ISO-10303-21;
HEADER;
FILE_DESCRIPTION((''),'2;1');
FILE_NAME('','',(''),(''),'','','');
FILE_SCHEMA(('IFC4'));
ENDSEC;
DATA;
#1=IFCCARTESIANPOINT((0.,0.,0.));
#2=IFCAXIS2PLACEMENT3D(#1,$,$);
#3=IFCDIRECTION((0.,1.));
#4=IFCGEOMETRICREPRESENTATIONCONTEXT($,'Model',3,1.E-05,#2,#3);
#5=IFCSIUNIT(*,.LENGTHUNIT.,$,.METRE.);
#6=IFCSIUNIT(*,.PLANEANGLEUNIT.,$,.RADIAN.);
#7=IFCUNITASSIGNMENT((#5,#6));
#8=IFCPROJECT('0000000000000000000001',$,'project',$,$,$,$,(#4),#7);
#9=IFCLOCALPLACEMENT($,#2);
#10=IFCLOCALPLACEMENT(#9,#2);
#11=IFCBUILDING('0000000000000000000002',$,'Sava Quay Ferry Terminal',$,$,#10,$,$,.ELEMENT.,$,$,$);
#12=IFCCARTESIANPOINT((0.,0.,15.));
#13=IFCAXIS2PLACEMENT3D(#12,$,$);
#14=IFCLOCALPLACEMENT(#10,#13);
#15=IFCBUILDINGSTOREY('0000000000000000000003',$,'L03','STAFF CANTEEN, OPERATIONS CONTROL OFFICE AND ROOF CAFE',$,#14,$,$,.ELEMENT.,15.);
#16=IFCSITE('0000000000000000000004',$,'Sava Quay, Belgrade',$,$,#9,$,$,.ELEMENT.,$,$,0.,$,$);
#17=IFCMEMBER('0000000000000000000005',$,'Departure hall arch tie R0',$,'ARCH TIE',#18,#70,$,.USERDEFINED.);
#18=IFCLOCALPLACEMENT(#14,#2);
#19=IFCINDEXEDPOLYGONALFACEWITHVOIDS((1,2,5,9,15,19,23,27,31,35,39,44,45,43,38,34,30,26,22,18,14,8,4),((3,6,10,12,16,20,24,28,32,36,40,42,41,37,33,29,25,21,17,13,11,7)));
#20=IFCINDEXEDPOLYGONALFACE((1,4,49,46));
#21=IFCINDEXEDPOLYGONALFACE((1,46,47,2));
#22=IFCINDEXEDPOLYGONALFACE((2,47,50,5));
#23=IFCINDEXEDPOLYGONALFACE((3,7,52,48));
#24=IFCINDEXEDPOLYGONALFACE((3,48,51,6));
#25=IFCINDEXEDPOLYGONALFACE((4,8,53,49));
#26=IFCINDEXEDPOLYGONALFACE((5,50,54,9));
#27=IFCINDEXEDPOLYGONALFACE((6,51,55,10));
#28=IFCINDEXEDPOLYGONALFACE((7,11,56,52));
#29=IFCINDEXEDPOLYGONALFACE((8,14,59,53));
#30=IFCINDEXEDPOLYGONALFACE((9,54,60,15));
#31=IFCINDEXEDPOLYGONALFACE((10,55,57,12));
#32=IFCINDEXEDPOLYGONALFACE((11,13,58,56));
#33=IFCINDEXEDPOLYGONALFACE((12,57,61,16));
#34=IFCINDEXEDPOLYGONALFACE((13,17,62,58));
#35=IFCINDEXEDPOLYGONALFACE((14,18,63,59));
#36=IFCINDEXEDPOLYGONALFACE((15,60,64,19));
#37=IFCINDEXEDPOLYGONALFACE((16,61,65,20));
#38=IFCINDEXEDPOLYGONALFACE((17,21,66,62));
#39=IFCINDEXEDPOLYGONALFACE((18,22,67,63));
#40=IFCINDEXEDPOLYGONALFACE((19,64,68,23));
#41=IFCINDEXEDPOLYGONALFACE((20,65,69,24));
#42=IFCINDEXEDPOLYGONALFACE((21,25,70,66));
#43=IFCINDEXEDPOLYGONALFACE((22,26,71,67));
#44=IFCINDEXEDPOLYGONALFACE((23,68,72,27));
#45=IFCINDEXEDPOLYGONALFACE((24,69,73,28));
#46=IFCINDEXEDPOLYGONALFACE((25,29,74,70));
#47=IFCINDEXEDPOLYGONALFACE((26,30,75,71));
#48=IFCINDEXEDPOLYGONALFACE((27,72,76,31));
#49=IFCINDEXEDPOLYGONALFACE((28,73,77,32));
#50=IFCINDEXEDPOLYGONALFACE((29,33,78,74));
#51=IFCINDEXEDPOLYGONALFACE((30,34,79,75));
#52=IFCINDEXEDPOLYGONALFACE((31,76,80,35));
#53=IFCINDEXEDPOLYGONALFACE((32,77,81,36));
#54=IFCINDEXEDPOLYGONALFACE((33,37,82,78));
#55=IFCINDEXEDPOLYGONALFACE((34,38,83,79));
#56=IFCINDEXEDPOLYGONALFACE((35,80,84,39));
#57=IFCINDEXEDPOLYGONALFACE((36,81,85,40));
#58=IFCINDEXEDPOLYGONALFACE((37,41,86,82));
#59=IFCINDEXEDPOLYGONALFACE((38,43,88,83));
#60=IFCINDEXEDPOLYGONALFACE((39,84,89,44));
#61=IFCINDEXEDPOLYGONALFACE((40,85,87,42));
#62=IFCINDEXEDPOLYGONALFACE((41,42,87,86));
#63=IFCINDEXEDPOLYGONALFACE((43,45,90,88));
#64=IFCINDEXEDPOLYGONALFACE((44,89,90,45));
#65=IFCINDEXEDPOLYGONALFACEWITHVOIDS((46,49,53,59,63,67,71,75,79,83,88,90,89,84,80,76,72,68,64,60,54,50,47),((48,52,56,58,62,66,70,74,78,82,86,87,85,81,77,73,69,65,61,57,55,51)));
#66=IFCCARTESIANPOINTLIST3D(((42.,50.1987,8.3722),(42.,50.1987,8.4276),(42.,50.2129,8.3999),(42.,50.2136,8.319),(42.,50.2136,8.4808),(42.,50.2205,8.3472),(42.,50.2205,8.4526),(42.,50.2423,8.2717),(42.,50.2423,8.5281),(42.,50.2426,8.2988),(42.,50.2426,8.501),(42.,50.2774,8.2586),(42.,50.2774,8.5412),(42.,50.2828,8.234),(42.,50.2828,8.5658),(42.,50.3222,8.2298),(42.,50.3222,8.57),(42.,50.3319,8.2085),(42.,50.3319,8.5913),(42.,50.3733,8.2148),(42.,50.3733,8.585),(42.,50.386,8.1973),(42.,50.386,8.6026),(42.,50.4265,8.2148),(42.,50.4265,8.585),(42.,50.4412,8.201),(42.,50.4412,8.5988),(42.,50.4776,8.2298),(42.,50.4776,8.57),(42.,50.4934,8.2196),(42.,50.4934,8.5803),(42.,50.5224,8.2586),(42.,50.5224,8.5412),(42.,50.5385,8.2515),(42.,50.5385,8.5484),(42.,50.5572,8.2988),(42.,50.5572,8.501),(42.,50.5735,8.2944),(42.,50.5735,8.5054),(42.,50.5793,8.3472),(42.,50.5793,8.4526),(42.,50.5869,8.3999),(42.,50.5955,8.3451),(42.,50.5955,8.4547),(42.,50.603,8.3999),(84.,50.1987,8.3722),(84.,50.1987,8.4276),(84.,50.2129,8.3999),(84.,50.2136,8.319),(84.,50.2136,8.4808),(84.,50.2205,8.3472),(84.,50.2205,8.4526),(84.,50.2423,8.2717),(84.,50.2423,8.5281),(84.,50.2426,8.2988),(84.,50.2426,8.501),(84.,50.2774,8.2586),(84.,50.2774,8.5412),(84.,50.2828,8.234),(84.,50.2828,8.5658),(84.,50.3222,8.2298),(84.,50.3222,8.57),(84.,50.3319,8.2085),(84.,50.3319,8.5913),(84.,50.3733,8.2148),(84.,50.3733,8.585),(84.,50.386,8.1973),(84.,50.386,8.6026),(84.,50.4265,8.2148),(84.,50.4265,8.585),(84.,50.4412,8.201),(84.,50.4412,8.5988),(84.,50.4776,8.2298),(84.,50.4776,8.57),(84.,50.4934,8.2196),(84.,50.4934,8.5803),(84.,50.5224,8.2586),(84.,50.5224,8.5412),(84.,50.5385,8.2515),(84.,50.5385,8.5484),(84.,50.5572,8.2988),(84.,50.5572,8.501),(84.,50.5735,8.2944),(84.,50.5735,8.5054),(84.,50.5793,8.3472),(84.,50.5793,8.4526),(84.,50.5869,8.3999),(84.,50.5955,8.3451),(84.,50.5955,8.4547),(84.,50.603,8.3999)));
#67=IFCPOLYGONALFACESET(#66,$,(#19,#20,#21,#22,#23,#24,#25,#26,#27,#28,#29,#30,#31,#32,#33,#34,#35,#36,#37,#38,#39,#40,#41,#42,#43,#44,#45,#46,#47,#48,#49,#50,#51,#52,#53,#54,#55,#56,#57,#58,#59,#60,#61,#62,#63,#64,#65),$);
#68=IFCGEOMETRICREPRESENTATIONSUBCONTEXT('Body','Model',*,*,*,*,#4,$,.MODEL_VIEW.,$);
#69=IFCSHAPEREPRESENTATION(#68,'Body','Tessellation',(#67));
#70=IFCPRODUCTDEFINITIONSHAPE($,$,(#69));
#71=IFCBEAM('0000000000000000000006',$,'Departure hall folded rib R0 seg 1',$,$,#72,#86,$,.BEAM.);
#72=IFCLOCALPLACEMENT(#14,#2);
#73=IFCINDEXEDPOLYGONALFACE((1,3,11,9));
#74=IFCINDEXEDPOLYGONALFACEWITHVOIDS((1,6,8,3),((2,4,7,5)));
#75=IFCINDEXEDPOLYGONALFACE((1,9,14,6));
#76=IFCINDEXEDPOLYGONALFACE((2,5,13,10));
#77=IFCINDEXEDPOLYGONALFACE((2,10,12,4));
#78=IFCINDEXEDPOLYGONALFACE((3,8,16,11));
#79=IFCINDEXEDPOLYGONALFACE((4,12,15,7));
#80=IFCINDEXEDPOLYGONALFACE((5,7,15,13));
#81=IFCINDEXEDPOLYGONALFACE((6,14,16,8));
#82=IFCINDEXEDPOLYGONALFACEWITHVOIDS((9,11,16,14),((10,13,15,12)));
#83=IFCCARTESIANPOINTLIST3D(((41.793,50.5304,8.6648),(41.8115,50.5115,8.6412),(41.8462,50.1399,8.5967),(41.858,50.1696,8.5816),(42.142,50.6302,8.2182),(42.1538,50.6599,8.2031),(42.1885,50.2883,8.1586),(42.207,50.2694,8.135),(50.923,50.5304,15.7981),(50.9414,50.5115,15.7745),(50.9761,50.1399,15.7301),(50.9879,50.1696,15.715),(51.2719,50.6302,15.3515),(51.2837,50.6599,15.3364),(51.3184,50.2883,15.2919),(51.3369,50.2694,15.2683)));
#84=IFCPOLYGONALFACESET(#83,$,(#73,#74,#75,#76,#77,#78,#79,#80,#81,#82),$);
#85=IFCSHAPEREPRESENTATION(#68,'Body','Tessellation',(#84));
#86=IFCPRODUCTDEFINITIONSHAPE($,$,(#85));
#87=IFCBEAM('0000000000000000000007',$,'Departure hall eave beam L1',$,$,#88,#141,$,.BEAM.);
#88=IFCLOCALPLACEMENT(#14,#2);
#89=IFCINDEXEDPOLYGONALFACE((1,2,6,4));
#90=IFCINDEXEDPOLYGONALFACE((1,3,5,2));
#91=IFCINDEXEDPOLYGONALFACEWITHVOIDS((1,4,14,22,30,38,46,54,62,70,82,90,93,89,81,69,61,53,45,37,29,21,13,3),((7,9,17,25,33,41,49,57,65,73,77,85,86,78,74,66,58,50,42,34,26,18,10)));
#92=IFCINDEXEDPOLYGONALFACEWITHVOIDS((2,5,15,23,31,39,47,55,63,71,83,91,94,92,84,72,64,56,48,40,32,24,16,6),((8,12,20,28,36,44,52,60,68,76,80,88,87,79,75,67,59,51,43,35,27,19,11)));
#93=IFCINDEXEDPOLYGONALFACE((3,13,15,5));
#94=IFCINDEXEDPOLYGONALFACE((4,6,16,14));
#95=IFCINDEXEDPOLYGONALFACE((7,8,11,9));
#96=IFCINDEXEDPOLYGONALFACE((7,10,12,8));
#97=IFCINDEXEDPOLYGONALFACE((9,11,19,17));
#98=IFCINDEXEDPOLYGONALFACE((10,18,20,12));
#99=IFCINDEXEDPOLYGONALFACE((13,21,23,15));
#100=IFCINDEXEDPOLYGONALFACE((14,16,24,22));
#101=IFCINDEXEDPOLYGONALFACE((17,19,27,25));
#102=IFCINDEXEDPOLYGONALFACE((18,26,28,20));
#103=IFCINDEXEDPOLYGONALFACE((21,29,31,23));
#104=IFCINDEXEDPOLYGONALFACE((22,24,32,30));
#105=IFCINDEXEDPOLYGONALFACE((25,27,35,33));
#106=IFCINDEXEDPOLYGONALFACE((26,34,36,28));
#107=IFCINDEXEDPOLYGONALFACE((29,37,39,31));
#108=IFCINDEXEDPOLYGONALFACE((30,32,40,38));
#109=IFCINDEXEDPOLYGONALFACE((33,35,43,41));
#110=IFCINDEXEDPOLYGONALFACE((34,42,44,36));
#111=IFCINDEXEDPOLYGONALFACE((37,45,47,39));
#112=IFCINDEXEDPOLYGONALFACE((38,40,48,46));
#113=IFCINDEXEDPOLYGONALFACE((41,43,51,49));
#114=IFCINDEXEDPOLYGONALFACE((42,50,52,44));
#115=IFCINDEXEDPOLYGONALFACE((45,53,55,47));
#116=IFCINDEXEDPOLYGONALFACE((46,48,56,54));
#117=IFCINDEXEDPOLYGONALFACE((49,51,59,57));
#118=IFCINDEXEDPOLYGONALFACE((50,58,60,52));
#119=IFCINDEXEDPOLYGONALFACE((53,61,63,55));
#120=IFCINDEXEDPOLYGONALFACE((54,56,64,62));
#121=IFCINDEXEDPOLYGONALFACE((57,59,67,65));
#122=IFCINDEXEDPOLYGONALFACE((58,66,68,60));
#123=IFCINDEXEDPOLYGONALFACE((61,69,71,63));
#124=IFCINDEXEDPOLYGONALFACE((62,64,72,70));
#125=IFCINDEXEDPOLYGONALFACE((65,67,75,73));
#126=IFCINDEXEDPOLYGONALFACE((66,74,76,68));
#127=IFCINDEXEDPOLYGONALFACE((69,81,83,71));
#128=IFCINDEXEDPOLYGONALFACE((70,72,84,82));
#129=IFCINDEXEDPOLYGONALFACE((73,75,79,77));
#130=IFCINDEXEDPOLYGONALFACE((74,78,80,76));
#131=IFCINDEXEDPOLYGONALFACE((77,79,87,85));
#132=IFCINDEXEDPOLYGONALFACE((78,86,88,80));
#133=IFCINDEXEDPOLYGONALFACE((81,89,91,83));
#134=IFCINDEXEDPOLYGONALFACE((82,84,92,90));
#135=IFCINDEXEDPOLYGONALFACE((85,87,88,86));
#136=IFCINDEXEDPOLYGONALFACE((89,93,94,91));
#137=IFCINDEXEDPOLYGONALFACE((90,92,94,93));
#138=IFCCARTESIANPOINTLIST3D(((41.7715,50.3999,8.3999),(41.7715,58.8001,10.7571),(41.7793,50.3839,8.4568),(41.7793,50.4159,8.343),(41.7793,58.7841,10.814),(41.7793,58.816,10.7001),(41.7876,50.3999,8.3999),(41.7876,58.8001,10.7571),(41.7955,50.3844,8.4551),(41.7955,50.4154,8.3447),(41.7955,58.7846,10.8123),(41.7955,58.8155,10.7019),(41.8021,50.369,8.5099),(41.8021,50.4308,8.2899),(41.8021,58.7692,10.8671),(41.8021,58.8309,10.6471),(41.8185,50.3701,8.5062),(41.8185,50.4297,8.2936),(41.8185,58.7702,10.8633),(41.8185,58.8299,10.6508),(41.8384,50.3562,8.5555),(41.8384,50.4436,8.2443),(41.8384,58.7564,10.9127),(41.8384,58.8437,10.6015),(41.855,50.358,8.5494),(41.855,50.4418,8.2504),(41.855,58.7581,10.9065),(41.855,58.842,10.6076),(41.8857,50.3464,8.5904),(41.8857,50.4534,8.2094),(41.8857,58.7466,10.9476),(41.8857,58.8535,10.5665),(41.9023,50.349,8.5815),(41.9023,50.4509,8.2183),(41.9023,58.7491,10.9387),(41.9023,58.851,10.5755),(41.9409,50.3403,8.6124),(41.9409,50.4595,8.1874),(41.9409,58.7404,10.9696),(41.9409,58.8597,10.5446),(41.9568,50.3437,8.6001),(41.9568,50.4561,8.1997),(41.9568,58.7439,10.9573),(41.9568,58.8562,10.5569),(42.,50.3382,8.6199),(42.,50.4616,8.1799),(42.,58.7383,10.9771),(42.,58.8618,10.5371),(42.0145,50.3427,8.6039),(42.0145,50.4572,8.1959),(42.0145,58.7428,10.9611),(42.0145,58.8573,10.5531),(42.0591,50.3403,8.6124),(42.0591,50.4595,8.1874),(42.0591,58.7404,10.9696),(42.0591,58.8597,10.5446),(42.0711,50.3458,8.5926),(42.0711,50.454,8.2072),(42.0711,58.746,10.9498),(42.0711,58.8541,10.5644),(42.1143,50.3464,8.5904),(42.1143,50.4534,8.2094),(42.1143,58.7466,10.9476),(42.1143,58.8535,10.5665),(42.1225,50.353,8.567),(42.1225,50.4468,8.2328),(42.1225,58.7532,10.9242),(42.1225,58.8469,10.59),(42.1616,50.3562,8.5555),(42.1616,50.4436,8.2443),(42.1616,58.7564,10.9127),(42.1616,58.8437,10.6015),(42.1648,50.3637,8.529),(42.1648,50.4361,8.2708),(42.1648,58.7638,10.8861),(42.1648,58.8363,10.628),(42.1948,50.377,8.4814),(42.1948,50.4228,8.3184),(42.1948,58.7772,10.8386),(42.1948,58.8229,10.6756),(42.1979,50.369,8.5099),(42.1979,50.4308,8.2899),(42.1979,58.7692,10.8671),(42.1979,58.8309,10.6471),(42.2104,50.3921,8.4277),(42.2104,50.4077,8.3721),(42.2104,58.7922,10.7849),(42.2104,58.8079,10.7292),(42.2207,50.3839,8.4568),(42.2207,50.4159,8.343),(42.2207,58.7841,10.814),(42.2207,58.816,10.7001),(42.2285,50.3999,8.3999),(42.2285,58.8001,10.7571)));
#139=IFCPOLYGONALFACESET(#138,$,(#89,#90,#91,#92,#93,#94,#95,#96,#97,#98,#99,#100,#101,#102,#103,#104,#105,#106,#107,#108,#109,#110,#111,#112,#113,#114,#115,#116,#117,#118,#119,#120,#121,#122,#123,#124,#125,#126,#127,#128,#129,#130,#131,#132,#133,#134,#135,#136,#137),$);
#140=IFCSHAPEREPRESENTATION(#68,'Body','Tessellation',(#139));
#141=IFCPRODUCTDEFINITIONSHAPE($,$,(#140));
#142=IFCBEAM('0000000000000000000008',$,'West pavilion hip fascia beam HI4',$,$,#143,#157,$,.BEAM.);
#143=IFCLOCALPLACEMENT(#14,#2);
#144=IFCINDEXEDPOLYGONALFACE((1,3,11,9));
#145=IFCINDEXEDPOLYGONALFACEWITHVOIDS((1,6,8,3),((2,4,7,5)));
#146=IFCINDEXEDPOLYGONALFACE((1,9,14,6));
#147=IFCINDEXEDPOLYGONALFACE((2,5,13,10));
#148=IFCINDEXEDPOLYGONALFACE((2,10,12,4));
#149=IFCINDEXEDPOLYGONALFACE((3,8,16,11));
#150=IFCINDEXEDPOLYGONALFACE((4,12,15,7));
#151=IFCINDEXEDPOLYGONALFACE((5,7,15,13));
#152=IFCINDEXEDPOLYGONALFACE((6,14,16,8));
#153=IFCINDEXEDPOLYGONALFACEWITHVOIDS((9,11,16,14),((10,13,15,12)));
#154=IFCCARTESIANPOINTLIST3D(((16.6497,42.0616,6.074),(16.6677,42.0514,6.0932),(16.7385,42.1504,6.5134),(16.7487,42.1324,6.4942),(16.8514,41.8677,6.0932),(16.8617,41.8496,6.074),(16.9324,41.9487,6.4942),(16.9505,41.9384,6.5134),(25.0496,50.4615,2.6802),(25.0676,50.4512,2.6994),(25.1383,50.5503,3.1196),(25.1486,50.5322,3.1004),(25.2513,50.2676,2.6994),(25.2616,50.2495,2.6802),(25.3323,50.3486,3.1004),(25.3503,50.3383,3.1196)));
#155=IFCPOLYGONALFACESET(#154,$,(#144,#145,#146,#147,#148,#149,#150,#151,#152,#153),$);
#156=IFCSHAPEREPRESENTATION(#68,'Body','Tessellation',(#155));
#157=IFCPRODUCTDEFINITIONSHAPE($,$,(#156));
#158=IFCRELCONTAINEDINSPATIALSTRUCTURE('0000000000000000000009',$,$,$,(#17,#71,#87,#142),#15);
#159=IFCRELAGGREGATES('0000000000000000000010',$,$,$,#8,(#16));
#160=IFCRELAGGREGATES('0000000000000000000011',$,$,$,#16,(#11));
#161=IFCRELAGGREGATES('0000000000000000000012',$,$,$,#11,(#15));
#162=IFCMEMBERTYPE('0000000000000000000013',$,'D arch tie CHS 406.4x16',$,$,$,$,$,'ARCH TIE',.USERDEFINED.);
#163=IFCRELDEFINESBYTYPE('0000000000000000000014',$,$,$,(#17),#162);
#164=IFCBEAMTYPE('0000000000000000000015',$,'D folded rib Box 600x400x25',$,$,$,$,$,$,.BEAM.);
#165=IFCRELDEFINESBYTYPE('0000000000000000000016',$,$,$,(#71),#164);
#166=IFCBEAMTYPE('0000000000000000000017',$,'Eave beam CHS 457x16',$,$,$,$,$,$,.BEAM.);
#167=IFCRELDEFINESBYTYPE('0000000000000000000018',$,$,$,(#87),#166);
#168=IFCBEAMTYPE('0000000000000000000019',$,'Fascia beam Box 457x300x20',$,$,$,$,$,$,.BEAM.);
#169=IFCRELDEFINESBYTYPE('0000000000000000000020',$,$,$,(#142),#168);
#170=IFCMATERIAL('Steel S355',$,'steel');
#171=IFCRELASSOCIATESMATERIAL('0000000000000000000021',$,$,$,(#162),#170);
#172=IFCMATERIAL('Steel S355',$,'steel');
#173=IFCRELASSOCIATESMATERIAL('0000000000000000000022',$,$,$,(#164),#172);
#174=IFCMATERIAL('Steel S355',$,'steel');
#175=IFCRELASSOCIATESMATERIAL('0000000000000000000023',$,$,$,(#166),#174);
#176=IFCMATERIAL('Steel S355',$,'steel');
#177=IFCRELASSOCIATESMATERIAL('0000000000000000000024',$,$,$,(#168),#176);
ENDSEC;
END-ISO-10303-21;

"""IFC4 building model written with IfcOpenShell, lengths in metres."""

from ifc_helpers import new_model, si_unit, direction, frame, origin, origin_2d, place, context, subcontext, project, spatial, polyline, hollow_circle, outline, extrude, material, material_profile, profile_set, type_object, element, save


model = new_model("IFC4")

# Units and contexts
model_context = context("Model", 3, precision=1e-05, world=origin(), true_north=direction((0.0, 1.0)))
body_context = subcontext(model_context, "Body", "Model", "MODEL_VIEW")
ifc_project = project(units=[si_unit("LENGTHUNIT", "METRE"), si_unit("PLANEANGLEUNIT", "RADIAN")], contexts=[model_context])

# Site, building, storey
site_placement = place(None, origin())
site = spatial("IfcSite", under=ifc_project, at=site_placement, Name="Sava Quay, Belgrade", CompositionType="ELEMENT", RefElevation=0.0)
building_placement = place(site_placement, origin())
building = spatial("IfcBuilding", under=site, at=building_placement, Name="Sava Quay Ferry Terminal", CompositionType="ELEMENT")
storey_placement = place(building_placement, frame((0.0, 0.0, 15.0)))
storey = spatial("IfcBuildingStorey", under=building, at=storey_placement, Name="L03", Description="STAFF CANTEEN, OPERATIONS CONTROL OFFICE AND ROOF CAFE", CompositionType="ELEMENT", Elevation=15.0)

# Member
ifc_material_1 = material(Name="Steel S355", Category="steel")
ifc_material_profile_1 = material_profile(ifc_material_1, hollow_circle(Radius=0.2031, WallThickness=0.0161, at=origin_2d()), Name="CHS 406.4 x 16.0")
ifc_profile_set_1 = profile_set([ifc_material_profile_1], Name="Steel S355")
member_type_1 = type_object("IfcMemberType", Name="D arch tie CHS 406.4x16", ElementType="ARCH TIE", PredefinedType="USERDEFINED", material=ifc_profile_set_1)
member_1_placement = place(storey_placement, frame((42.0, 50.3999, 8.3999), z_axis=(1.0, 0.0, 0.0), x_axis=(0.0, 1.0, 0.0)))
element("IfcMember", 1, at=member_1_placement, inside=storey, type_object=member_type_1, Name="Departure hall arch tie R0", ObjectType="ARCH TIE", PredefinedType="USERDEFINED", context=body_context, shape_type="SweptSolid", body=[
    extrude(hollow_circle(Radius=0.2031, WallThickness=0.0161, at=origin_2d()), origin(), (0.0, 0.0, 1.0), 42.0),
])

# Beams
ifc_material_2 = material(Name="Steel S355", Category="steel")
ifc_material_profile_2 = material_profile(ifc_material_2, outline(polyline([(-0.2, -0.3), (0.2, -0.3), (0.2, 0.3), (-0.2, 0.3), (-0.2, -0.3)]), holes=[polyline([(-0.175, -0.2749), (-0.175, 0.2749), (0.175, 0.2749), (0.175, -0.2749), (-0.175, -0.2749)])]), Name="Box 600x400x25 built-up")
ifc_profile_set_2 = profile_set([ifc_material_profile_2], Name="Steel S355")
beam_type_1 = type_object("IfcBeamType", Name="D folded rib Box 600x400x25", PredefinedType="BEAM", material=ifc_profile_set_2)
beam_1_placement = place(storey_placement, frame((42.0, 50.3999, 8.3999), z_axis=(0.788, 0.0, 0.615675), x_axis=(-0.132923, 0.976416, 0.170127)))
element("IfcBeam", 2, at=beam_1_placement, inside=storey, type_object=beam_type_1, Name="Departure hall folded rib R0 seg 1", PredefinedType="BEAM", context=body_context, shape_type="SweptSolid", body=[
    extrude(outline(polyline([(-0.2, -0.3), (0.2, -0.3), (0.2, 0.3), (-0.2, 0.3), (-0.2, -0.3)]), holes=[polyline([(-0.175, -0.2749), (-0.175, 0.2749), (0.175, 0.2749), (0.175, -0.2749), (-0.175, -0.2749)])]), origin(), (0.0, 0.0, 1.0), 11.5862),
])
ifc_material_3 = material(Name="Steel S355", Category="steel")
ifc_material_profile_3 = material_profile(ifc_material_3, hollow_circle(Radius=0.2285, WallThickness=0.0161, at=origin_2d()), Name="CHS 457 x 16.0")
ifc_profile_set_3 = profile_set([ifc_material_profile_3], Name="Steel S355")
beam_type_2 = type_object("IfcBeamType", Name="Eave beam CHS 457x16", PredefinedType="BEAM", material=ifc_profile_set_3)
beam_2_placement = place(storey_placement, frame((42.0, 50.3999, 8.3999), z_axis=(0.0, 0.962811, 0.270176), x_axis=(-1.0, 0.0, 0.0)))
element("IfcBeam", 3, at=beam_2_placement, inside=storey, type_object=beam_type_2, Name="Departure hall eave beam L1", PredefinedType="BEAM", context=body_context, shape_type="SweptSolid", body=[
    extrude(hollow_circle(Radius=0.2285, WallThickness=0.0161, at=origin_2d()), origin(), (0.0, 0.0, 1.0), 8.7246),
])
ifc_material_4 = material(Name="Steel S355", Category="steel")
ifc_material_profile_4 = material_profile(ifc_material_4, outline(polyline([(-0.1499, -0.2285), (0.1499, -0.2285), (0.1499, 0.2285), (-0.1499, 0.2285), (-0.1499, -0.2285)]), holes=[polyline([(-0.1299, -0.2085), (-0.1299, 0.2085), (0.1299, 0.2085), (0.1299, -0.2085), (-0.1299, -0.2085)])]), Name="Box 457x300x20 built-up")
ifc_profile_set_4 = profile_set([ifc_material_profile_4], Name="Steel S355")
beam_type_3 = type_object("IfcBeamType", Name="Fascia beam Box 457x300x20", PredefinedType="BEAM", material=ifc_profile_set_4)
beam_3_placement = place(storey_placement, frame((25.2, 50.3999, 2.8999), z_axis=(-0.679904, -0.679904, 0.274701), x_axis=(0.707107, -0.707107, 0.0)))
element("IfcBeam", 4, at=beam_3_placement, inside=storey, type_object=beam_type_3, Name="West pavilion hip fascia beam HI4", PredefinedType="BEAM", context=body_context, shape_type="SweptSolid", body=[
    extrude(outline(polyline([(-0.1499, -0.2285), (0.1499, -0.2285), (0.1499, 0.2285), (-0.1499, 0.2285), (-0.1499, -0.2285)]), holes=[polyline([(-0.1299, -0.2085), (-0.1299, 0.2085), (0.1299, 0.2085), (0.1299, -0.2085), (-0.1299, -0.2085)])]), origin(), (0.0, 0.0, 1.0), 12.3545),
])

save(model, "model.ifc")
